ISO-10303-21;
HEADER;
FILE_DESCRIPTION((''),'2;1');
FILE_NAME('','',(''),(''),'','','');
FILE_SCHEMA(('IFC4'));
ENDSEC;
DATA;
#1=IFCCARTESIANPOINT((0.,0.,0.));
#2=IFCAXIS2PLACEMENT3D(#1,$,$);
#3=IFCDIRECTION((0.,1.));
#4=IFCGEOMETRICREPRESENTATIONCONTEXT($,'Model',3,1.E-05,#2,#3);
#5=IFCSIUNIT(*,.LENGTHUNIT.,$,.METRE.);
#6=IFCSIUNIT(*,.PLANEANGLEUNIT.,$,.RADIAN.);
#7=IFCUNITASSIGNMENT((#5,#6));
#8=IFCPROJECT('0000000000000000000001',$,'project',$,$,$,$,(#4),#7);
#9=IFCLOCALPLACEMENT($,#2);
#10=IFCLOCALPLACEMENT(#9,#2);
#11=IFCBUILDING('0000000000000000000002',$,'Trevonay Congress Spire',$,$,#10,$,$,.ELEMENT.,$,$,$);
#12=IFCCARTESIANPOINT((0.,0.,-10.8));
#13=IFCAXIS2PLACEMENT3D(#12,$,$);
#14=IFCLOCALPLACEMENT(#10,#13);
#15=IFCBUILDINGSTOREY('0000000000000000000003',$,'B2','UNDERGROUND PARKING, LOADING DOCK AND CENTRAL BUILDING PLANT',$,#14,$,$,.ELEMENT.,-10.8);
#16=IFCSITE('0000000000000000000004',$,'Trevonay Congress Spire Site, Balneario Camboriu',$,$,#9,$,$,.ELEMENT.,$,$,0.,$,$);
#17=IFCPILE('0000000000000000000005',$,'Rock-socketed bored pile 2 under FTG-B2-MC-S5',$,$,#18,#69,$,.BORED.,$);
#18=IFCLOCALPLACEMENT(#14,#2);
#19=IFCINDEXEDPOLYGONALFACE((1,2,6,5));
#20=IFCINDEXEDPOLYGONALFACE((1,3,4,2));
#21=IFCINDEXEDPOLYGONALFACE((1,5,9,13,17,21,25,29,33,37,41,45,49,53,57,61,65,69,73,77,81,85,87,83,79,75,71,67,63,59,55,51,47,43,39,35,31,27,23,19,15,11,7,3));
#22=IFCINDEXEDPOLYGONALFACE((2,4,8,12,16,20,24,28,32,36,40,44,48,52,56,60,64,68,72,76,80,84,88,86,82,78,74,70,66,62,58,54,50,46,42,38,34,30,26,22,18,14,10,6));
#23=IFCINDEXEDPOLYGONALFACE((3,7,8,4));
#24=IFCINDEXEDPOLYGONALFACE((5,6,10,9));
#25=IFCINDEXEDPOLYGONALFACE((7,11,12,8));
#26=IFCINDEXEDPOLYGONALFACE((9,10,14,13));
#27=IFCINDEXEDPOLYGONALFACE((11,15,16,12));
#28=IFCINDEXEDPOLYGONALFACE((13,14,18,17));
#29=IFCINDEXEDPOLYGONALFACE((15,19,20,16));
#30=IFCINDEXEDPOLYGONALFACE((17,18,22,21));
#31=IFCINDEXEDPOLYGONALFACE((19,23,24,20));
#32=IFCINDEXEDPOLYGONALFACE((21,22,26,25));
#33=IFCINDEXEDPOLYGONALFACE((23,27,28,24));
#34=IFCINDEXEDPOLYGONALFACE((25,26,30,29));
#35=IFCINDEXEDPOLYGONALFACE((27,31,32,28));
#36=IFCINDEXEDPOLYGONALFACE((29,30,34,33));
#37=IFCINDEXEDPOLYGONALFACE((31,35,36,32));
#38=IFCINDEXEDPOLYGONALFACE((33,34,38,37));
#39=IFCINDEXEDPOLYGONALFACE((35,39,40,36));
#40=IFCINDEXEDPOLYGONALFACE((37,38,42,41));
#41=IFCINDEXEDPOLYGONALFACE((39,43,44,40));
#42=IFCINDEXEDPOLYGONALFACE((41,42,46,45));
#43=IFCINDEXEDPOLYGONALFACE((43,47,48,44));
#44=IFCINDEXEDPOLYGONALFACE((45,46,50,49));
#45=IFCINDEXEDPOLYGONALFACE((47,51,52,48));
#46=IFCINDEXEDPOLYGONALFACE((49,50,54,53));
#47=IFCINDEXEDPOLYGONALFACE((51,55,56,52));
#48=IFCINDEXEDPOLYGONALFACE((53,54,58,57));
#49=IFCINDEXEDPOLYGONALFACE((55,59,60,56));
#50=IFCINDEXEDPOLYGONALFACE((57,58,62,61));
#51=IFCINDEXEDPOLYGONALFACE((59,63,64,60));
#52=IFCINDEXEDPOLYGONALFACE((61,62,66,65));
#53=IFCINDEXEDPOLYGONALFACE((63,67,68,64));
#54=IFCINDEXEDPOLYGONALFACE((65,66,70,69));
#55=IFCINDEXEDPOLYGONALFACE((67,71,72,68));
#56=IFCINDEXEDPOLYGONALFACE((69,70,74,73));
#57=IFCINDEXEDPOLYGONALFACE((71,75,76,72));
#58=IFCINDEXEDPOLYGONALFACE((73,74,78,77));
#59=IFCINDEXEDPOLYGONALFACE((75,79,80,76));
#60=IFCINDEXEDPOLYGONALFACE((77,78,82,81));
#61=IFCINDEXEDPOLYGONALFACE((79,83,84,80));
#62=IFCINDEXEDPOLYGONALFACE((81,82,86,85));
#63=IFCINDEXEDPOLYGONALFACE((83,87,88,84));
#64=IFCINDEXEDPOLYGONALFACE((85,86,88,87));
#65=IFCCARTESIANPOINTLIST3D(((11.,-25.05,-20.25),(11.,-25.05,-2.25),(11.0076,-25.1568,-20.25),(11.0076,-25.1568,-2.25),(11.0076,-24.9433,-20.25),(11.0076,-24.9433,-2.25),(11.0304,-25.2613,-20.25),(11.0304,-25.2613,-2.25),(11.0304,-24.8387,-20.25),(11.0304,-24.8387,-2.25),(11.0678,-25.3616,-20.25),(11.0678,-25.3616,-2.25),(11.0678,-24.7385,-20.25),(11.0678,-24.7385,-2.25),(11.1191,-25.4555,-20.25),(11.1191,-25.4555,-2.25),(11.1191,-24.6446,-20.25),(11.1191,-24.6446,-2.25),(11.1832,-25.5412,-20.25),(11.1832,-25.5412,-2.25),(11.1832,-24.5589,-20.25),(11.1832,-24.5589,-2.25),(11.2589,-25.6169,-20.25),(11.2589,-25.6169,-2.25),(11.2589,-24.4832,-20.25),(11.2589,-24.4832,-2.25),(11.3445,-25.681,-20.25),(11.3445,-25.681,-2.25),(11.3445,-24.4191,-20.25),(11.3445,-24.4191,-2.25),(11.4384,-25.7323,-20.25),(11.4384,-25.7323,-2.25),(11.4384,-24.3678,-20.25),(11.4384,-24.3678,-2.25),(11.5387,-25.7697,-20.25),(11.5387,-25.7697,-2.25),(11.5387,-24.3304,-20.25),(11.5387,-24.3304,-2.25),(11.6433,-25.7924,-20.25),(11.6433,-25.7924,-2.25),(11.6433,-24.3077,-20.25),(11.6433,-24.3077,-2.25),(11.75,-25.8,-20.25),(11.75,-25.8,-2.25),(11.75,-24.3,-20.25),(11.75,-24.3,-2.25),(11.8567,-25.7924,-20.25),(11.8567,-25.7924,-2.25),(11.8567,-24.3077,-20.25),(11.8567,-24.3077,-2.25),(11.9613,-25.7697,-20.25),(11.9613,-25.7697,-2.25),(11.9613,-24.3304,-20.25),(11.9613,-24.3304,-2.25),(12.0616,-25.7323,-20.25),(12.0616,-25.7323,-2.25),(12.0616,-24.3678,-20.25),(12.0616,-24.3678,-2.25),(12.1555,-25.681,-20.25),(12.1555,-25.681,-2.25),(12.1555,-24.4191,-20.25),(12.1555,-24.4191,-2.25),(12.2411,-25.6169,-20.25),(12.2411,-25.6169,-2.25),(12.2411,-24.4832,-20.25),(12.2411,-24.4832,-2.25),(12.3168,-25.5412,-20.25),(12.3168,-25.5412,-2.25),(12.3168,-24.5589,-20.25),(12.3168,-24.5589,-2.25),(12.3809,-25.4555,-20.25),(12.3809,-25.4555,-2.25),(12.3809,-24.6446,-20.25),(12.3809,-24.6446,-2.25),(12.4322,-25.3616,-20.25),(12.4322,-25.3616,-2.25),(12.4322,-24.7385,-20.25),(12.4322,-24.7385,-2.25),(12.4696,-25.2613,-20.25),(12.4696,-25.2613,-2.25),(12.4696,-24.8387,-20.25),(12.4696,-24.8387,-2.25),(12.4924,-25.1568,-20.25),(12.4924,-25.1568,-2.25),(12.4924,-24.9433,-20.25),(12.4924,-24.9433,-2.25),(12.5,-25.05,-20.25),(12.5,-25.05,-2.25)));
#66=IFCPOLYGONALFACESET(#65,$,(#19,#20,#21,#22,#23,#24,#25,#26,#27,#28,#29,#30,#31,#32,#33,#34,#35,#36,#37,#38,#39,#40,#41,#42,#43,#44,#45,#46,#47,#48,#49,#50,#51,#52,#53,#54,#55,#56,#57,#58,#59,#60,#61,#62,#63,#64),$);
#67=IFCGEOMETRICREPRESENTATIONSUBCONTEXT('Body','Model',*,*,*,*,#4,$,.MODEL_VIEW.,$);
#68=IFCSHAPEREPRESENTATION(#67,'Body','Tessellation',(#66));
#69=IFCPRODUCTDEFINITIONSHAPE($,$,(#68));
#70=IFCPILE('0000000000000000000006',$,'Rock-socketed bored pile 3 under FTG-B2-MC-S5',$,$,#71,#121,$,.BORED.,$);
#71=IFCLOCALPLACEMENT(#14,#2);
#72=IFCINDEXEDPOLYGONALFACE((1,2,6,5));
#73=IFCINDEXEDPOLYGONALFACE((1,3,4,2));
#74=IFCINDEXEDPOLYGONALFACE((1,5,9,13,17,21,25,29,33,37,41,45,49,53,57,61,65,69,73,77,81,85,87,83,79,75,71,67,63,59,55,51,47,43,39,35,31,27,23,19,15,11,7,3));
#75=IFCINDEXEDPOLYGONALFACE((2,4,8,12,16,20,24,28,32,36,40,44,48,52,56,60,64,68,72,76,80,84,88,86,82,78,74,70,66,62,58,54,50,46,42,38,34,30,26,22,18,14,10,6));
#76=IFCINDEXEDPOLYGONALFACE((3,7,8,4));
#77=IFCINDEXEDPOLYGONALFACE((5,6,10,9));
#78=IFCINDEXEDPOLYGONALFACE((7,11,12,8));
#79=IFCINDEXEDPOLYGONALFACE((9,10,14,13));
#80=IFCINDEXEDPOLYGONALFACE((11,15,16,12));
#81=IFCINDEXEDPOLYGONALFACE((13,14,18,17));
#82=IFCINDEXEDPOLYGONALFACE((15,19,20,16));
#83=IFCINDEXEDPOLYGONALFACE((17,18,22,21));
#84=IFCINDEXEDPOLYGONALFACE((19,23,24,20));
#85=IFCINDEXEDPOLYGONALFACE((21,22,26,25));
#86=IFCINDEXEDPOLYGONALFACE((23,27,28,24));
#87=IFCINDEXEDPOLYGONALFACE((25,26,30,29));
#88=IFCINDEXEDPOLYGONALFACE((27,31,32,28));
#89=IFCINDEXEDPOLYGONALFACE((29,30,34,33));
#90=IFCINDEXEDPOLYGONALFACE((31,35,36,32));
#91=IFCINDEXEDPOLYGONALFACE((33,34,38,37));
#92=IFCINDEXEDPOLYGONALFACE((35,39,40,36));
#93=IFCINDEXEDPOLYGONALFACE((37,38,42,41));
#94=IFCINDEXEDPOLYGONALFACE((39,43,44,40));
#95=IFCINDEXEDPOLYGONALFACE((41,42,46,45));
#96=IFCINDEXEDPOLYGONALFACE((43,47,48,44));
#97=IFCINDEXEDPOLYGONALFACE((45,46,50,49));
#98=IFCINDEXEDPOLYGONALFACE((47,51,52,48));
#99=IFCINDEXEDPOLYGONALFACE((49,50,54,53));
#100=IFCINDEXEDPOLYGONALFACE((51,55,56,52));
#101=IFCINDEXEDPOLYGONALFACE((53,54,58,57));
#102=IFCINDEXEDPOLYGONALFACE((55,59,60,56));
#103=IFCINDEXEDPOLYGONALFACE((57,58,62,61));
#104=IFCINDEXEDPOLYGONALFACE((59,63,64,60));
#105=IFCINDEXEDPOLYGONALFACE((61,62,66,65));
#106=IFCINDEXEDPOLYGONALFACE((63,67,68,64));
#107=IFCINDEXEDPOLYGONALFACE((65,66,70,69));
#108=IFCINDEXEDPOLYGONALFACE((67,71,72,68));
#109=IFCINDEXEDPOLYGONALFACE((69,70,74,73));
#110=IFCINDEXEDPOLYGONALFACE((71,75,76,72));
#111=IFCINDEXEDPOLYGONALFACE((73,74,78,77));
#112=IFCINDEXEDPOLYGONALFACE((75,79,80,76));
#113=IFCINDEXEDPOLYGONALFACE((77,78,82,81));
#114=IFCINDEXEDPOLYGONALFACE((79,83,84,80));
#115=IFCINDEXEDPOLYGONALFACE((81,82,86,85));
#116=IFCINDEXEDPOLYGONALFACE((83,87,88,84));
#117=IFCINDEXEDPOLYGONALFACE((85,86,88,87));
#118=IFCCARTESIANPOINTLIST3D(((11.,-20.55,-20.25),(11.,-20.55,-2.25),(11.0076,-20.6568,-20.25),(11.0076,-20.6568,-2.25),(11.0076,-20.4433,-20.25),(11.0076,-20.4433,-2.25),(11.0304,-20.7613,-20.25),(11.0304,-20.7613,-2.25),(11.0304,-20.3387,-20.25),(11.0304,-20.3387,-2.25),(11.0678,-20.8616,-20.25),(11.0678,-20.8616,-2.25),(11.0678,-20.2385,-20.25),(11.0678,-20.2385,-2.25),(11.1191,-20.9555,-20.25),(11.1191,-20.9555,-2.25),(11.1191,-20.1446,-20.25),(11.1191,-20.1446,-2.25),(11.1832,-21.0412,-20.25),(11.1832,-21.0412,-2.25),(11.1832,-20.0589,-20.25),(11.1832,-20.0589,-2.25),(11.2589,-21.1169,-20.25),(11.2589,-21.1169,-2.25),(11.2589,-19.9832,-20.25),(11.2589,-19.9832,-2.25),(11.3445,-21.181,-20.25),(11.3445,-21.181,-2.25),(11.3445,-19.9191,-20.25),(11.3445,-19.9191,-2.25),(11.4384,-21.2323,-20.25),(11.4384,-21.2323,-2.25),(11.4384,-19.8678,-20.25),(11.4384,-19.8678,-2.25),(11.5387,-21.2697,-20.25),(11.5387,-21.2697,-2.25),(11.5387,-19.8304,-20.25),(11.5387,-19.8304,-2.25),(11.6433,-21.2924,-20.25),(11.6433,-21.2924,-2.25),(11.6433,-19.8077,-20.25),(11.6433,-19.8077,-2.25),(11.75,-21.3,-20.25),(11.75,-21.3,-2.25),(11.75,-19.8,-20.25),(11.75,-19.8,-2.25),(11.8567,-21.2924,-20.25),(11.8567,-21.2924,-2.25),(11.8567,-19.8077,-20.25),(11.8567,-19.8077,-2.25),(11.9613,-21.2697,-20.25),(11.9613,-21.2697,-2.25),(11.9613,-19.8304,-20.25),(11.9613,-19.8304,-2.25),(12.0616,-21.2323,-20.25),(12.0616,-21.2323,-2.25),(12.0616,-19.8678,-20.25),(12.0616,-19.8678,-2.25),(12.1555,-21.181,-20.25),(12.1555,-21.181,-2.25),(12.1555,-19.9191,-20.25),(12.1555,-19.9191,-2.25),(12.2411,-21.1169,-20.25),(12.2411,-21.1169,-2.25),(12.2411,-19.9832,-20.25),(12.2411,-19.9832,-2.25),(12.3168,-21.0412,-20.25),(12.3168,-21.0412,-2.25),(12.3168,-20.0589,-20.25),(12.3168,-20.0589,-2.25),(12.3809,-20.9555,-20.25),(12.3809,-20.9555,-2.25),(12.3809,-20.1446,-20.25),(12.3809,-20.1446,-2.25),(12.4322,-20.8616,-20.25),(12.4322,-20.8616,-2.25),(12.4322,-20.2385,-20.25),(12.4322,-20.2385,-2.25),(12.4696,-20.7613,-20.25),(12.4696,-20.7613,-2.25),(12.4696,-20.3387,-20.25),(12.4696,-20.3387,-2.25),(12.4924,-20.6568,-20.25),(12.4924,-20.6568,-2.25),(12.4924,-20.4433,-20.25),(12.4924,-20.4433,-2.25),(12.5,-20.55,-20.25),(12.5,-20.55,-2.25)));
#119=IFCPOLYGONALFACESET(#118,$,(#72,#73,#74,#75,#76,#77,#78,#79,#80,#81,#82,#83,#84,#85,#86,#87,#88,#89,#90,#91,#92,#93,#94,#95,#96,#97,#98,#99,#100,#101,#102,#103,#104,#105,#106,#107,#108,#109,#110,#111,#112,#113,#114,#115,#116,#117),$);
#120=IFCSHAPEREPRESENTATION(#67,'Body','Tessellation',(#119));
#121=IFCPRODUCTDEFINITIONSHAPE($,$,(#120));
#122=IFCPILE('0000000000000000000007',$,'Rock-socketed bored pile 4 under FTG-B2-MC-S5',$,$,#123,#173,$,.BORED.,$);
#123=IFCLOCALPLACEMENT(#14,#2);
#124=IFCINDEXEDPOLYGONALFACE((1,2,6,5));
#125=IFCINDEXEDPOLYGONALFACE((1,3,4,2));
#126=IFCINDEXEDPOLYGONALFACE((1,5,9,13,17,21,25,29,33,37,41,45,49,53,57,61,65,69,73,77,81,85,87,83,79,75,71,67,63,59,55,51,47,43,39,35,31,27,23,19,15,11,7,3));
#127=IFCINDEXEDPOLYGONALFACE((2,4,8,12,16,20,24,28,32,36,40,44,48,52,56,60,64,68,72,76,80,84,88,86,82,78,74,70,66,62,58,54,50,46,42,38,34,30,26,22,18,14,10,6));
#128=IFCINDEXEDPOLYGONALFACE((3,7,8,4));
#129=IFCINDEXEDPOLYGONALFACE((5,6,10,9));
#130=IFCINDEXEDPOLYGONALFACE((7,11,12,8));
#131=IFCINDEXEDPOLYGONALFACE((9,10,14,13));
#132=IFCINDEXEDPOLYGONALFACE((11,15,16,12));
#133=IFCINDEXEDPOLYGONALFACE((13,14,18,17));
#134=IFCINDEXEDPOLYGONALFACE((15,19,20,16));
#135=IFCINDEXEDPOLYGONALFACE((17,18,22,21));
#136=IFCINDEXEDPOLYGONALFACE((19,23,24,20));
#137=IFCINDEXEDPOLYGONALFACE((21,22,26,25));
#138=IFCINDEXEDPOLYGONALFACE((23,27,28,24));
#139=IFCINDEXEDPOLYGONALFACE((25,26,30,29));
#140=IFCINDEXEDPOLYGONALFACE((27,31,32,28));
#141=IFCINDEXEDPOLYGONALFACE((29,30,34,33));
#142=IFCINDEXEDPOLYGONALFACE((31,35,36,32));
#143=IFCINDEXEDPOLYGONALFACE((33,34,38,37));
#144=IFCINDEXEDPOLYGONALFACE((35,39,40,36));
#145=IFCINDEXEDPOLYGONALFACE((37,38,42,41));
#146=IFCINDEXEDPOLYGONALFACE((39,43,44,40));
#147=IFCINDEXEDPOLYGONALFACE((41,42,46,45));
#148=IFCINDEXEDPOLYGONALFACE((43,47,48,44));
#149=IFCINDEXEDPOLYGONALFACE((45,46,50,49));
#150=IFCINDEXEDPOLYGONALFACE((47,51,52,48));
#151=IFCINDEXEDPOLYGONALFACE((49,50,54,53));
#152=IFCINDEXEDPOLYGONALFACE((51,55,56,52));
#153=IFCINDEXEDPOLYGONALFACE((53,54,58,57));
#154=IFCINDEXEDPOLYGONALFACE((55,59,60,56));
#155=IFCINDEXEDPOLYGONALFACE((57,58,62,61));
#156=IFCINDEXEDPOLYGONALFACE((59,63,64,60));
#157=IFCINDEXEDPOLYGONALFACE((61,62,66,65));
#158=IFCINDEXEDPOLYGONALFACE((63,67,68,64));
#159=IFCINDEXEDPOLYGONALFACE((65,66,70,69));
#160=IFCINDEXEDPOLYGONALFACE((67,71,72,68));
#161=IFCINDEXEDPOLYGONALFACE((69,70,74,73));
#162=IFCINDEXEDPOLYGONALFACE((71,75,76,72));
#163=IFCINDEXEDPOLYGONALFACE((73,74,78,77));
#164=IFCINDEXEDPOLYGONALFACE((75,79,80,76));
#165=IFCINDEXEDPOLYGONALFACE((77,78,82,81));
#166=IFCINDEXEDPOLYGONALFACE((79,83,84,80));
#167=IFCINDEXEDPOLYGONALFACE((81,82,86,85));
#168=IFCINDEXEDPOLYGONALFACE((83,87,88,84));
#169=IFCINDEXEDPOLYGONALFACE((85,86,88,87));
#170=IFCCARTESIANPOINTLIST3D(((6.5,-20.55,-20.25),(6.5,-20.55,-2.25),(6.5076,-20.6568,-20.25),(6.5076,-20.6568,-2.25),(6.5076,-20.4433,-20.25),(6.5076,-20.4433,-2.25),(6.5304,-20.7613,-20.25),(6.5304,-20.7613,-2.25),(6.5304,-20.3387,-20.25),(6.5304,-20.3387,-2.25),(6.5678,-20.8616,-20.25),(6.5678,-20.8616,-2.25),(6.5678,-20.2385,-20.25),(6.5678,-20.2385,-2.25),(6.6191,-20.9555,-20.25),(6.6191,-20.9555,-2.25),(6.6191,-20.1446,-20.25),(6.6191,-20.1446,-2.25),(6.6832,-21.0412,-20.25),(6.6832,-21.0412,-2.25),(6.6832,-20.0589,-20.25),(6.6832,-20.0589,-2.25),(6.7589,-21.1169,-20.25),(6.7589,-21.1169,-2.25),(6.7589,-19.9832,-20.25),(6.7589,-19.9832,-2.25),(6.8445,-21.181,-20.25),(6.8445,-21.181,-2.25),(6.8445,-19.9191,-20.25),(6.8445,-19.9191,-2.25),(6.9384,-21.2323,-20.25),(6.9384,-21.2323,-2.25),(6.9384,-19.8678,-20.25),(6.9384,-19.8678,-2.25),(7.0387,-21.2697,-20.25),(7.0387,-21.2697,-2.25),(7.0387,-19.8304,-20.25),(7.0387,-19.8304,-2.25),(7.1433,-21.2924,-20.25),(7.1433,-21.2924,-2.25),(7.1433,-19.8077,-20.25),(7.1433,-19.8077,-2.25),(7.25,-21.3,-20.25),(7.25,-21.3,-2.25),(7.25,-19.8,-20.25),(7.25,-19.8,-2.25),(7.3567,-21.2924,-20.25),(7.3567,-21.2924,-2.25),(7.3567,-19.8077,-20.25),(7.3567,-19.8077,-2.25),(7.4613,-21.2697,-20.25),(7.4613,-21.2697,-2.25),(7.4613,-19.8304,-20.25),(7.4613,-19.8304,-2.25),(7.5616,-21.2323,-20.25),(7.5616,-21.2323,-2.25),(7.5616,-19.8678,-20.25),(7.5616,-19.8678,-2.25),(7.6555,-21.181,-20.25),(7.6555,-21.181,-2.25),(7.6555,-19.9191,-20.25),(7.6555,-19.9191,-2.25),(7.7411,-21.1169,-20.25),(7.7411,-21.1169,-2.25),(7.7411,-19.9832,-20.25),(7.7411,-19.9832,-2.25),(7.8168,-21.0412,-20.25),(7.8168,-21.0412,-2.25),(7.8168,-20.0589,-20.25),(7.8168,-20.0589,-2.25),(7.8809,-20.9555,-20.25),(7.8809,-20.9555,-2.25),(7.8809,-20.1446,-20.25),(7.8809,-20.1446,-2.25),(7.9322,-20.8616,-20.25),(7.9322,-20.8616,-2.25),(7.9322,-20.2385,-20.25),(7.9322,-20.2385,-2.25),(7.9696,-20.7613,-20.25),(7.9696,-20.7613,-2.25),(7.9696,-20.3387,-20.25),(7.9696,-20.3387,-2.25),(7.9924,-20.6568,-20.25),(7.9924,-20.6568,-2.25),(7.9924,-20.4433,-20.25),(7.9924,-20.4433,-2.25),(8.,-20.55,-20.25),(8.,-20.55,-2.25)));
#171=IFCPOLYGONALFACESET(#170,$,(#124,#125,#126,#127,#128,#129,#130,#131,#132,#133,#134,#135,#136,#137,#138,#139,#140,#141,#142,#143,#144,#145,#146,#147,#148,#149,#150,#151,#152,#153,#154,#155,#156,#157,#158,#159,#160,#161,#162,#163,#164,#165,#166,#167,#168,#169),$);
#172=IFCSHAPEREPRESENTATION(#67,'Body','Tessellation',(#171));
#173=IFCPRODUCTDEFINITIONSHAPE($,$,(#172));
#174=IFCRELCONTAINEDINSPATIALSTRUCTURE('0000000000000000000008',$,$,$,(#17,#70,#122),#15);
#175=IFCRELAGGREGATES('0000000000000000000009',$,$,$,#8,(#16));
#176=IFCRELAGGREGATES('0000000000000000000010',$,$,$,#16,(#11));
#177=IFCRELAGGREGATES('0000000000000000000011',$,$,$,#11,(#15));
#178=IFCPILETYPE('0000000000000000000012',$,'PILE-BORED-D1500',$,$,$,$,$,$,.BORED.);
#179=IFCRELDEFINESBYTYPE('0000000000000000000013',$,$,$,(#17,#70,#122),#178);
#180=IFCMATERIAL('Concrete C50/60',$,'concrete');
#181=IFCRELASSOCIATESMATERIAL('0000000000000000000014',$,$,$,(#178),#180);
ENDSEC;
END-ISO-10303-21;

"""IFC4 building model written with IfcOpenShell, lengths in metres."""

from ifc_helpers import new_model, si_unit, direction, frame, origin, origin_2d, place, context, subcontext, project, spatial, circle, extrude, material, material_profile, profile_set, type_object, element, save


model = new_model("IFC4")

# Units and contexts
model_context = context("Model", 3, precision=1e-05, world=origin(), true_north=direction((0.0, 1.0)))
body_context = subcontext(model_context, "Body", "Model", "MODEL_VIEW")
ifc_project = project(units=[si_unit("LENGTHUNIT", "METRE"), si_unit("PLANEANGLEUNIT", "RADIAN")], contexts=[model_context])

# Site, building, storey
site_placement = place(None, origin())
site = spatial("IfcSite", under=ifc_project, at=site_placement, Name="Trevonay Congress Spire Site, Balneario Camboriu", CompositionType="ELEMENT", RefElevation=0.0)
building_placement = place(site_placement, origin())
building = spatial("IfcBuilding", under=site, at=building_placement, Name="Trevonay Congress Spire", CompositionType="ELEMENT")
storey_placement = place(building_placement, frame((0.0, 0.0, -10.8)))
storey = spatial("IfcBuildingStorey", under=building, at=storey_placement, Name="B2", Description="UNDERGROUND PARKING, LOADING DOCK AND CENTRAL BUILDING PLANT", CompositionType="ELEMENT", Elevation=-10.8)

# Shared definitions
ifc_material_1 = material(Name="Concrete C50/60", Category="concrete")

# Piles
ifc_material_profile_1 = material_profile(ifc_material_1, circle(Radius=0.75, at=origin_2d()), Name="PILE D1500")
ifc_profile_set_1 = profile_set([ifc_material_profile_1], Name="Concrete C50/60")
pile_type_1 = type_object("IfcPileType", Name="PILE-BORED-D1500", PredefinedType="BORED", material=ifc_profile_set_1)
for number, where, z_axis, x_axis, name in (
    (1, (11.75, -25.05, -2.25), (0.0, 0.0, -1.0), (1.0, 0.0, 0.0), "Rock-socketed bored pile 2 under FTG-B2-MC-S5"),
    (2, (11.75, -20.55, -2.25), (0.0, 0.0, -1.0), (1.0, 0.0, 0.0), "Rock-socketed bored pile 3 under FTG-B2-MC-S5"),
    (3, (7.25, -20.55, -2.25), (0.0, 0.0, -1.0), (1.0, 0.0, 0.0), "Rock-socketed bored pile 4 under FTG-B2-MC-S5"),
):
    element("IfcPile", number, at=place(storey_placement, frame(where, z_axis=z_axis, x_axis=x_axis)), inside=storey, type_object=pile_type_1, Name=name, PredefinedType="BORED", context=body_context, shape_type="SweptSolid", body=[
        extrude(circle(Radius=0.75, at=origin_2d()), origin(), (0.0, 0.0, 1.0), 18.0),
    ])

save(model, "model.ifc")
